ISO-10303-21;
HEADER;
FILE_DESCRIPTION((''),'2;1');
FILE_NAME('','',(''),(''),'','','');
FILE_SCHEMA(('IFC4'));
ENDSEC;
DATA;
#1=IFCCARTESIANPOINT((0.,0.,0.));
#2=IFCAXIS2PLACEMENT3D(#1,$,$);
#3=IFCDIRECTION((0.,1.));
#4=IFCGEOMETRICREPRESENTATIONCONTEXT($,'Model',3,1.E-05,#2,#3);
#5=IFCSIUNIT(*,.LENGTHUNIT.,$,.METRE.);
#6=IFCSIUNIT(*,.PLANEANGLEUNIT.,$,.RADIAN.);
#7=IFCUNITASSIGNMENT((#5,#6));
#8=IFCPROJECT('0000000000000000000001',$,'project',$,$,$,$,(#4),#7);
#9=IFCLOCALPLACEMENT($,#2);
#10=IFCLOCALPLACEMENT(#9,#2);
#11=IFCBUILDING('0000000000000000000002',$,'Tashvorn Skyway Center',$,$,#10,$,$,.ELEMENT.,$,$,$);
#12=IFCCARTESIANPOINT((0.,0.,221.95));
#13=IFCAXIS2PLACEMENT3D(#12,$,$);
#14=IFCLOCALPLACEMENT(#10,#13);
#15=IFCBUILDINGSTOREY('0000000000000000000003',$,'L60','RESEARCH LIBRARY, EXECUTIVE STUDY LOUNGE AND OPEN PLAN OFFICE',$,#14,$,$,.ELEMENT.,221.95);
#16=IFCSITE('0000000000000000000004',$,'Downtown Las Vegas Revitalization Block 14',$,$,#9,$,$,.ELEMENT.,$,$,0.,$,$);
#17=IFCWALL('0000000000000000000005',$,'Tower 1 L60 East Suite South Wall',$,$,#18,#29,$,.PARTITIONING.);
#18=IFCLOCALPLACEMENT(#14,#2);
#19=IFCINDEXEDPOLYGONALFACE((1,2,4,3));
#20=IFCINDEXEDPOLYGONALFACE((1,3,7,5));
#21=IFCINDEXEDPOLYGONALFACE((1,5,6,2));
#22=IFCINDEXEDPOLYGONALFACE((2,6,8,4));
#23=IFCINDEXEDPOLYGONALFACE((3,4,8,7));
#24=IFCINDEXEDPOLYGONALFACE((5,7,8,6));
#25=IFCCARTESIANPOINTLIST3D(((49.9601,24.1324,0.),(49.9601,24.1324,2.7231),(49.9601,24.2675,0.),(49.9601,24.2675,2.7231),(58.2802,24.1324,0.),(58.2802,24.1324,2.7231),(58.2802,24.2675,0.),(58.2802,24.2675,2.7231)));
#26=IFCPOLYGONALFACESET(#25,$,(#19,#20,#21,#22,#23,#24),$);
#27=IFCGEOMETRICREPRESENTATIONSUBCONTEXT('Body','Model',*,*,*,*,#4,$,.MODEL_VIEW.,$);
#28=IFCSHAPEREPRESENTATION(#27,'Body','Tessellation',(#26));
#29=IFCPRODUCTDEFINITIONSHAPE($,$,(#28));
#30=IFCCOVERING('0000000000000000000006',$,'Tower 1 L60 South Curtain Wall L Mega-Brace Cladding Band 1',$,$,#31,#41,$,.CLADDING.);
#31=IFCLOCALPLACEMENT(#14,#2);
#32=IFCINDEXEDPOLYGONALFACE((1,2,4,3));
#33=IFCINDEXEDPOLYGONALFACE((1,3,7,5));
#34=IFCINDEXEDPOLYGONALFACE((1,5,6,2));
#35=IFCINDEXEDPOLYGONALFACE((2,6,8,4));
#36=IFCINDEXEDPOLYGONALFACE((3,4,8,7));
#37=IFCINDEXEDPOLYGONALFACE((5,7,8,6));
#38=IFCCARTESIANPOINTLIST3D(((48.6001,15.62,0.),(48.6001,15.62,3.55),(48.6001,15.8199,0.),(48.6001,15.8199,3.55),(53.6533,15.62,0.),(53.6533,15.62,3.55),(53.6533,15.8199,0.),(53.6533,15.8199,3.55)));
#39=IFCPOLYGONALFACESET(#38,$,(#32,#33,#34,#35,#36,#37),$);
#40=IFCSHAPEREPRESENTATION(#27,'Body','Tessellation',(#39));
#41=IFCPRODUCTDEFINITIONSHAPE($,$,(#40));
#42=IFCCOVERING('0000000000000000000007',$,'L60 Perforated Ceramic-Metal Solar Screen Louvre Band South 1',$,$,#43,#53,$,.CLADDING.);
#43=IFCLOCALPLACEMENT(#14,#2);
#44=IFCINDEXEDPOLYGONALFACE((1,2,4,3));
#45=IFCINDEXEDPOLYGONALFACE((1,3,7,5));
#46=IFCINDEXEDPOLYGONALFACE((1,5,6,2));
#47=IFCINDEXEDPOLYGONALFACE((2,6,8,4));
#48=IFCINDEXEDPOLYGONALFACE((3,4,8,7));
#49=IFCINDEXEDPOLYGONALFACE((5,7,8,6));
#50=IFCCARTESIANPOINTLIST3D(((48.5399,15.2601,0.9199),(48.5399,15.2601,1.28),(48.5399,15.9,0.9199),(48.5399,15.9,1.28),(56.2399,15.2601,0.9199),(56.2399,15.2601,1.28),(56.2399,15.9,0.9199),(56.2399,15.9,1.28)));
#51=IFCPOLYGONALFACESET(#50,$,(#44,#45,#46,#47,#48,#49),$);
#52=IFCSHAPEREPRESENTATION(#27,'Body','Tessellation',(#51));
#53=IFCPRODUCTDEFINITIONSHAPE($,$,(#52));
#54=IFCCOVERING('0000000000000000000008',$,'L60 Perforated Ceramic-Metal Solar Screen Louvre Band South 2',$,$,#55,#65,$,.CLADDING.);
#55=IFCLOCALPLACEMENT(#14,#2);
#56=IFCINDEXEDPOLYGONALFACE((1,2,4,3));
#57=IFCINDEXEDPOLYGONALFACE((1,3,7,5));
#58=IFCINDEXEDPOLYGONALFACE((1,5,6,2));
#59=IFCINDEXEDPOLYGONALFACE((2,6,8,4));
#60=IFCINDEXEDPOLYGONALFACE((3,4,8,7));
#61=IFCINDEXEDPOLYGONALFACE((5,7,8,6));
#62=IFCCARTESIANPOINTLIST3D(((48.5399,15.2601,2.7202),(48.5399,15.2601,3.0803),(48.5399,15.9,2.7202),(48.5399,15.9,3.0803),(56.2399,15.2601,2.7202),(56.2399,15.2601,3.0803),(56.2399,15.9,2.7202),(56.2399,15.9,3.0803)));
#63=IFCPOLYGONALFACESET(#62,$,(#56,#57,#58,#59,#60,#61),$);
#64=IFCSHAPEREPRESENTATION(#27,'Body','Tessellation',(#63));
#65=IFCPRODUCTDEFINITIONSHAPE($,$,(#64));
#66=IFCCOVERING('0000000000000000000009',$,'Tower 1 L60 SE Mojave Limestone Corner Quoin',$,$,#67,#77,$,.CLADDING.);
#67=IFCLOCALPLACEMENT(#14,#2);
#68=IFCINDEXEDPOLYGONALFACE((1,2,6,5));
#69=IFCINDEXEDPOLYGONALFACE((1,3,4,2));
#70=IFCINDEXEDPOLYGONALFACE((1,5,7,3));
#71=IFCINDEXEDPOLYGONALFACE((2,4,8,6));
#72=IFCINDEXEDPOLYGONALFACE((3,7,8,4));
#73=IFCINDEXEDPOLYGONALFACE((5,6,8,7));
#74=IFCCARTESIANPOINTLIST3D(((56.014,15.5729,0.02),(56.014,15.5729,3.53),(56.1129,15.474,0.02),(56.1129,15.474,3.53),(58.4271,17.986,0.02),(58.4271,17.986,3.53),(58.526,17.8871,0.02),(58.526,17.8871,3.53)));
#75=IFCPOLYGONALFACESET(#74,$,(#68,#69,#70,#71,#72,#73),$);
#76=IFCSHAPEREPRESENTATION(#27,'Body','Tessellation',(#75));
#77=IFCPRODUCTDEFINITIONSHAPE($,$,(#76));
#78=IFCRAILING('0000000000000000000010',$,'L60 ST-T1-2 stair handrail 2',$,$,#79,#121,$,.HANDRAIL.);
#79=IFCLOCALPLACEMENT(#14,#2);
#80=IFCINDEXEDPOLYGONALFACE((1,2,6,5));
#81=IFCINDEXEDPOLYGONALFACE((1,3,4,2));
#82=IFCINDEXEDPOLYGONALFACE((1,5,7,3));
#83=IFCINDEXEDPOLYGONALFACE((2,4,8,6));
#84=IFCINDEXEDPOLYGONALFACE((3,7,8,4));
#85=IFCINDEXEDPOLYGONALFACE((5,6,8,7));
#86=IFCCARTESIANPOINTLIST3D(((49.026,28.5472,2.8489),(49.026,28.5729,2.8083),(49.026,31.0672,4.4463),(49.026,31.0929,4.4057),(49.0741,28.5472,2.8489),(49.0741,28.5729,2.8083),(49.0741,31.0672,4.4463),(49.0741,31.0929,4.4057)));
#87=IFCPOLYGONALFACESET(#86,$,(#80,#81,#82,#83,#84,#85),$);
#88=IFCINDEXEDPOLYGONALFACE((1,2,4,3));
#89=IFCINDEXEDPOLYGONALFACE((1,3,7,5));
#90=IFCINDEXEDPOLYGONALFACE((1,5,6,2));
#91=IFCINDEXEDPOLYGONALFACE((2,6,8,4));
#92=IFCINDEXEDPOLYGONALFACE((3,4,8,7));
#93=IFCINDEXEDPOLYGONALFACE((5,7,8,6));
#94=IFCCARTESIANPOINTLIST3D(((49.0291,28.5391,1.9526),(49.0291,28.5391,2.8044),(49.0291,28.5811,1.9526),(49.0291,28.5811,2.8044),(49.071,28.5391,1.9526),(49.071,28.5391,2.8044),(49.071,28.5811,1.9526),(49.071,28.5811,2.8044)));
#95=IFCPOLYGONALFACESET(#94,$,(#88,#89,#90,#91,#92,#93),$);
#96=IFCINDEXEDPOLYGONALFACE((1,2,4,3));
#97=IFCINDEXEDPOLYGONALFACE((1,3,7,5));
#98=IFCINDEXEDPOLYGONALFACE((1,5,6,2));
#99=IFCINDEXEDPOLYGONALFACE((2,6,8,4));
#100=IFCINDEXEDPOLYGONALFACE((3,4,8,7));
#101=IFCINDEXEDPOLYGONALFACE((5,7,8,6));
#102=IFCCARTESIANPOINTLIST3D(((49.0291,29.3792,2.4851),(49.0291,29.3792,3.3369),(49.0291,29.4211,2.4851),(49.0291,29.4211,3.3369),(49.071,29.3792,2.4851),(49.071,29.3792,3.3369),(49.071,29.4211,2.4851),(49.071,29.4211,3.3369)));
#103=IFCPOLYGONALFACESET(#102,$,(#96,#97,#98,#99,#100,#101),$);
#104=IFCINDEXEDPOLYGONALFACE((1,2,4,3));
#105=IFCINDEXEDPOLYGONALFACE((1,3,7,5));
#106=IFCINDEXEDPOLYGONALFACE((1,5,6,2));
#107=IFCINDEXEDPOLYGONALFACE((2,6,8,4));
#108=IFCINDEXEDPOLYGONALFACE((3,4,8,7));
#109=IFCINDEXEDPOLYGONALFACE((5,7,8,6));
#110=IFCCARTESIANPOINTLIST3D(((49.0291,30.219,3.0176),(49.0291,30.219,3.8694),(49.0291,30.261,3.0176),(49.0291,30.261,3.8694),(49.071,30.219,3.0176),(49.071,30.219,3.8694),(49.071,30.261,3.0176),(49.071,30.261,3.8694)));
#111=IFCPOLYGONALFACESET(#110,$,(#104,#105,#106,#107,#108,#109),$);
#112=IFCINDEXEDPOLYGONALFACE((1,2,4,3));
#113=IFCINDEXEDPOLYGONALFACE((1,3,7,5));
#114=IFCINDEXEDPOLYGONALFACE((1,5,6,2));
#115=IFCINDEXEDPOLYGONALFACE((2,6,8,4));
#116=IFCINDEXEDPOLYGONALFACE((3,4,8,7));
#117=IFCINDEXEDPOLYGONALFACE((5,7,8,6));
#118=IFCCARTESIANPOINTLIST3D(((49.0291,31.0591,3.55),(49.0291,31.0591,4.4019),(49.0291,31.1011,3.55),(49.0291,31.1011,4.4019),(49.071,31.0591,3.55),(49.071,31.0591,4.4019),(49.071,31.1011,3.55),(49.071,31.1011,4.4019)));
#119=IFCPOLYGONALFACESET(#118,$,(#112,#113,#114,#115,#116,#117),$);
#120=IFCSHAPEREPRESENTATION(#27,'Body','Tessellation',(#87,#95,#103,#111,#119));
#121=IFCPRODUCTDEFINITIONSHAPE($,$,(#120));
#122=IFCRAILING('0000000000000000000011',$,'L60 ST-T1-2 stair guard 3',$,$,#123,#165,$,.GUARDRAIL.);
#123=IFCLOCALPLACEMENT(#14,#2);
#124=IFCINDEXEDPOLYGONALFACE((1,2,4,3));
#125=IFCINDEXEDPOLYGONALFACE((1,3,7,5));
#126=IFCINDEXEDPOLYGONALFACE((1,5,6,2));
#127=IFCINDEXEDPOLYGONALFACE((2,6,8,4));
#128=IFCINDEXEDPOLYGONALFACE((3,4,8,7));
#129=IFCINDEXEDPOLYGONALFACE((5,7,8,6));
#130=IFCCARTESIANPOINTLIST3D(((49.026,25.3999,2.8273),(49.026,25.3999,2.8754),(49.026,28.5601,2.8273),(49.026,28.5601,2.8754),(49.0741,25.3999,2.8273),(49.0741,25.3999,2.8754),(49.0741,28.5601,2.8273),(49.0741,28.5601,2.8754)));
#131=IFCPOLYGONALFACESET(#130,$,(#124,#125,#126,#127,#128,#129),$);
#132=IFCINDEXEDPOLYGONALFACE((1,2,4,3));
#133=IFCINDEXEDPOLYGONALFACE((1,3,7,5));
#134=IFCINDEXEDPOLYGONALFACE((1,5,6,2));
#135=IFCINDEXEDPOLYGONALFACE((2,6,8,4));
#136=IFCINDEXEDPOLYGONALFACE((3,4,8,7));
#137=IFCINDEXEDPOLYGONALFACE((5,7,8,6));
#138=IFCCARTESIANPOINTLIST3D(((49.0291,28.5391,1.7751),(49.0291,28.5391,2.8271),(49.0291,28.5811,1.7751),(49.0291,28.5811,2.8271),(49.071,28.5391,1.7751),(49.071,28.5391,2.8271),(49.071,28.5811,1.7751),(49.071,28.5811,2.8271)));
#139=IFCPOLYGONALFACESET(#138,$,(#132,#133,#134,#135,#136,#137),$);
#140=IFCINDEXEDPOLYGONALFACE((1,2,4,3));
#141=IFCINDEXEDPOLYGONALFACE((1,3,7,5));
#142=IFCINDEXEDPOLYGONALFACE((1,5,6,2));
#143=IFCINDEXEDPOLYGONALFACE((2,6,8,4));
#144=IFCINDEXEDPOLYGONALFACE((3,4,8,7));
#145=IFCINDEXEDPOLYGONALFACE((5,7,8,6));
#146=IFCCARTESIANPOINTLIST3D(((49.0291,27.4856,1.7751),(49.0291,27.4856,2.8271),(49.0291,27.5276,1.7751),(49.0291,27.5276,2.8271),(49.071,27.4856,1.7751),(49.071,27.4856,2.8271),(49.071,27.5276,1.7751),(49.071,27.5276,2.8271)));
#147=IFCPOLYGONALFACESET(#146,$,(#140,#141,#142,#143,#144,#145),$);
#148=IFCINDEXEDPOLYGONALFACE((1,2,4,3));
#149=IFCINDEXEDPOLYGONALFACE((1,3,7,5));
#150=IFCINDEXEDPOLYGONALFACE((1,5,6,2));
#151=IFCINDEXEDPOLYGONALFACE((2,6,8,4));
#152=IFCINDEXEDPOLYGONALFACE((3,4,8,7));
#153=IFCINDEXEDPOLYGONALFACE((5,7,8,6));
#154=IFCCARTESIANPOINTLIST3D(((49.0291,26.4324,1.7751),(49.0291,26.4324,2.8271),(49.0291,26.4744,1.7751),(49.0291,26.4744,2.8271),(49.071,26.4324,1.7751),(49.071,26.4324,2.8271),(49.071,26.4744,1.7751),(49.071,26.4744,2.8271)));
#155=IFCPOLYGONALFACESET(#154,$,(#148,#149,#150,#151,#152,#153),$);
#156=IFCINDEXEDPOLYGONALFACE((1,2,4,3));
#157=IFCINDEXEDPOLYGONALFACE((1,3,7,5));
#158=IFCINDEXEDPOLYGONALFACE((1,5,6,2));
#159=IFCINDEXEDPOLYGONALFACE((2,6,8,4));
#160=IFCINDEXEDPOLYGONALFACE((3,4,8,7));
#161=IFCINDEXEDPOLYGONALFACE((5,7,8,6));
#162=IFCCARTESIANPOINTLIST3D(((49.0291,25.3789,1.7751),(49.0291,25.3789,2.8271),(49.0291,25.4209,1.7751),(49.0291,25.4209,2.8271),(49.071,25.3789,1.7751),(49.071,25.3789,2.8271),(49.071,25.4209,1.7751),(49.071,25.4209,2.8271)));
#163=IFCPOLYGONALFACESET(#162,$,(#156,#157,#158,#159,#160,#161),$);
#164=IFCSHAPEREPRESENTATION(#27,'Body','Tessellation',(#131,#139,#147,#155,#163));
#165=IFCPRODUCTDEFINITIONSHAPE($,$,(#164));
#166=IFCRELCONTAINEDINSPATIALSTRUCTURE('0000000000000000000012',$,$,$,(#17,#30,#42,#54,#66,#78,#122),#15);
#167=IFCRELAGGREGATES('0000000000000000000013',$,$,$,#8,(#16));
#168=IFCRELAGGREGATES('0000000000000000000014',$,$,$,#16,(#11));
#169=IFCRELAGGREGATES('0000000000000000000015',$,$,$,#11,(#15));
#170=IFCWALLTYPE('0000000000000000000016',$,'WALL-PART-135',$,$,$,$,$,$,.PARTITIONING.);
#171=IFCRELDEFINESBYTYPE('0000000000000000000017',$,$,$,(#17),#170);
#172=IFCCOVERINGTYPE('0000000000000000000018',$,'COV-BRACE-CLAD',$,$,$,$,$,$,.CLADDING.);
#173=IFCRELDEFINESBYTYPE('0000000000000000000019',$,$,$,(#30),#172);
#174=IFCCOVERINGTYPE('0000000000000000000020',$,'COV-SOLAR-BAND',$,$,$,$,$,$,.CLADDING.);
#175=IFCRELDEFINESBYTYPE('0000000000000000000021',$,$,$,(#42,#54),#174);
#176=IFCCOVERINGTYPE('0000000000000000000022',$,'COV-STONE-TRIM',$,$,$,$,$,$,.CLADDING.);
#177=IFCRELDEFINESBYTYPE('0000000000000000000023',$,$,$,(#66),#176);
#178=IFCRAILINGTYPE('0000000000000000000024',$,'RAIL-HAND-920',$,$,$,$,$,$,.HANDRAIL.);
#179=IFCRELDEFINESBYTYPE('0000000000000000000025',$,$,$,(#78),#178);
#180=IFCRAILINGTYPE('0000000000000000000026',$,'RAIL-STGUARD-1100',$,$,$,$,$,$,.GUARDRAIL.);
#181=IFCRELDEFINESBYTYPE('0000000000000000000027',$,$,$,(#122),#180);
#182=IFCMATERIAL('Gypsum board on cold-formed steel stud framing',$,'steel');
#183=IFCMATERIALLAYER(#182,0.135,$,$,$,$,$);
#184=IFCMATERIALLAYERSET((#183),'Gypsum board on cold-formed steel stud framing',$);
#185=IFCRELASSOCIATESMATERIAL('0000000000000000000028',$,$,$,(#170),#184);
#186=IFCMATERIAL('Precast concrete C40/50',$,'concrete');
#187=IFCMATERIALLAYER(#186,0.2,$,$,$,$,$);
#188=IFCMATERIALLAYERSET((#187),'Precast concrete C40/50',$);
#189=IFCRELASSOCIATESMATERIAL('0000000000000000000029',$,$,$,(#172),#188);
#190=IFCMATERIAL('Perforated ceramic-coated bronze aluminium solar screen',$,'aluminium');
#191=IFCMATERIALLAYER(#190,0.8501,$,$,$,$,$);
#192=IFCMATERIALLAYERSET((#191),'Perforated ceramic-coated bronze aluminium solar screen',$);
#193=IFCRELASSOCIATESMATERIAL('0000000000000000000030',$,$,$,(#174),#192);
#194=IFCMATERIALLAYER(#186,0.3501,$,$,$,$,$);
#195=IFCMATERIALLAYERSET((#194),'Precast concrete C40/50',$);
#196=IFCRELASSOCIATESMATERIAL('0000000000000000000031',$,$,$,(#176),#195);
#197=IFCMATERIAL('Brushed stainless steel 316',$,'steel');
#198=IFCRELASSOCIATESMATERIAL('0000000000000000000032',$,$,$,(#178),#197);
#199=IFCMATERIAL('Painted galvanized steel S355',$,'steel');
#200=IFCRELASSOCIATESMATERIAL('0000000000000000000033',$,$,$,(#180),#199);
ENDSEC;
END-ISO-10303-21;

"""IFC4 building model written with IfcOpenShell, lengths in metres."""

from ifc_helpers import new_model, si_unit, direction, frame, frame_2d, origin, origin_2d, place, context, subcontext, project, spatial, rectangle, extrude, material, layer, layer_set, type_object, element, save


model = new_model("IFC4")

# Units and contexts
model_context = context("Model", 3, precision=1e-05, world=origin(), true_north=direction((0.0, 1.0)))
body_context = subcontext(model_context, "Body", "Model", "MODEL_VIEW")
ifc_project = project(units=[si_unit("LENGTHUNIT", "METRE"), si_unit("PLANEANGLEUNIT", "RADIAN")], contexts=[model_context])

# Site, building, storey
site_placement = place(None, origin())
site = spatial("IfcSite", under=ifc_project, at=site_placement, Name="Downtown Las Vegas Revitalization Block 14", CompositionType="ELEMENT", RefElevation=0.0)
building_placement = place(site_placement, origin())
building = spatial("IfcBuilding", under=site, at=building_placement, Name="Tashvorn Skyway Center", CompositionType="ELEMENT")
storey_placement = place(building_placement, frame((0.0, 0.0, 221.95)))
storey = spatial("IfcBuildingStorey", under=building, at=storey_placement, Name="L60", Description="RESEARCH LIBRARY, EXECUTIVE STUDY LOUNGE AND OPEN PLAN OFFICE", CompositionType="ELEMENT", Elevation=221.95)

# Shared definitions
ifc_material_1 = material(Name="Precast concrete C40/50", Category="concrete")

# Shared definitions
ifc_material_2 = material(Name="Gypsum board on cold-formed steel stud framing", Category="steel")

# Wall
ifc_layer_1 = layer(ifc_material_2, 0.135)
ifc_layer_set_1 = layer_set([ifc_layer_1], Name="Gypsum board on cold-formed steel stud framing")
wall_type_1 = type_object("IfcWallType", Name="WALL-PART-135", PredefinedType="PARTITIONING", material=ifc_layer_set_1)
wall_1_placement = place(storey_placement, frame((49.96, 24.2, 0.0), z_axis=(0.0, 0.0, 1.0), x_axis=(1.0, 0.0, 0.0)))
element("IfcWall", 1, at=wall_1_placement, inside=storey, type_object=wall_type_1, Name="Tower 1 L60 East Suite South Wall", PredefinedType="PARTITIONING", context=body_context, shape_type="SweptSolid", body=[
    extrude(rectangle(XDim=8.3201, YDim=0.135, at=frame_2d((4.1602, 0.0))), origin(), (0.0, 0.0, 1.0), 2.7231),
])

# Coverings
ifc_layer_2 = layer(ifc_material_1, 0.2)
ifc_layer_set_2 = layer_set([ifc_layer_2], Name="Precast concrete C40/50")
covering_type_1 = type_object("IfcCoveringType", Name="COV-BRACE-CLAD", PredefinedType="CLADDING", material=ifc_layer_set_2)
covering_1_placement = place(storey_placement, frame((51.1267, 15.72, 0.0), z_axis=(0.0, 0.0, 1.0), x_axis=(-1.0, 0.0, 0.0)))
element("IfcCovering", 2, at=covering_1_placement, inside=storey, type_object=covering_type_1, Name="Tower 1 L60 South Curtain Wall L Mega-Brace Cladding Band 1", PredefinedType="CLADDING", context=body_context, shape_type="SweptSolid", body=[
    extrude(rectangle(XDim=5.0532, YDim=0.2, at=origin_2d()), origin(), (0.0, 0.0, 1.0), 3.55),
])
ifc_material_3 = material(Name="Perforated ceramic-coated bronze aluminium solar screen", Category="aluminium")
ifc_layer_3 = layer(ifc_material_3, 0.8501)
ifc_layer_set_3 = layer_set([ifc_layer_3], Name="Perforated ceramic-coated bronze aluminium solar screen")
covering_type_2 = type_object("IfcCoveringType", Name="COV-SOLAR-BAND", PredefinedType="CLADDING", material=ifc_layer_set_3)
for number, where, z_axis, x_axis, name in (
    (3, (52.3899, 15.5801, 0.9199), (0.0, 0.0, 1.0), (-1.0, 0.0, 0.0), "L60 Perforated Ceramic-Metal Solar Screen Louvre Band South 1"),
    (4, (52.3899, 15.5801, 2.7202), (0.0, 0.0, 1.0), (-1.0, 0.0, 0.0), "L60 Perforated Ceramic-Metal Solar Screen Louvre Band South 2"),
):
    element("IfcCovering", number, at=place(storey_placement, frame(where, z_axis=z_axis, x_axis=x_axis)), inside=storey, type_object=covering_type_2, Name=name, PredefinedType="CLADDING", context=body_context, shape_type="SweptSolid", body=[
        extrude(rectangle(XDim=7.7, YDim=0.6399, at=origin_2d()), origin(), (0.0, 0.0, 1.0), 0.3601),
    ])
ifc_layer_4 = layer(ifc_material_1, 0.3501)
ifc_layer_set_4 = layer_set([ifc_layer_4], Name="Precast concrete C40/50")
covering_type_3 = type_object("IfcCoveringType", Name="COV-STONE-TRIM", PredefinedType="CLADDING", material=ifc_layer_set_4)
covering_2_placement = place(storey_placement, frame((57.27, 16.73, 0.02), z_axis=(0.0, 0.0, 1.0), x_axis=(0.707107, 0.707107, 0.0)))
element("IfcCovering", 5, at=covering_2_placement, inside=storey, type_object=covering_type_3, Name="Tower 1 L60 SE Mojave Limestone Corner Quoin", PredefinedType="CLADDING", context=body_context, shape_type="SweptSolid", body=[
    extrude(rectangle(XDim=3.4126, YDim=0.1399, at=origin_2d()), origin(), (0.0, 0.0, 1.0), 3.51),
])

# Railings
ifc_material_4 = material(Name="Brushed stainless steel 316", Category="steel")
railing_type_1 = type_object("IfcRailingType", Name="RAIL-HAND-920", PredefinedType="HANDRAIL", material=ifc_material_4)
railing_1_placement = place(storey_placement, frame((49.05, 28.5601, 1.9526)))
element("IfcRailing", 6, at=railing_1_placement, inside=storey, type_object=railing_type_1, Name="L60 ST-T1-2 stair handrail 2", PredefinedType="HANDRAIL", context=body_context, shape_type="SweptSolid", body=[
    extrude(rectangle(XDim=0.0481, YDim=0.0481, at=origin_2d()), frame((0.0, 0.0, 0.876), z_axis=(0.0, 0.844607, 0.535387), x_axis=(-1.0, 0.0, 0.0)), (0.0, 0.0, 1.0), 2.9836),
    extrude(rectangle(XDim=0.042, YDim=0.042, at=origin_2d()), origin(), (0.0, 0.0, 1.0), 0.8518),
    extrude(rectangle(XDim=0.042, YDim=0.042, at=origin_2d()), frame((0.0, 0.8401, 0.5325)), (0.0, 0.0, 1.0), 0.8518),
    extrude(rectangle(XDim=0.042, YDim=0.042, at=origin_2d()), frame((0.0, 1.6799, 1.0649)), (0.0, 0.0, 1.0), 0.8518),
    extrude(rectangle(XDim=0.042, YDim=0.042, at=origin_2d()), frame((0.0, 2.52, 1.5974)), (0.0, 0.0, 1.0), 0.8518),
])
ifc_material_5 = material(Name="Painted galvanized steel S355", Category="steel")
railing_type_2 = type_object("IfcRailingType", Name="RAIL-STGUARD-1100", PredefinedType="GUARDRAIL", material=ifc_material_5)
railing_2_placement = place(storey_placement, frame((49.05, 28.5601, 1.7751)))
element("IfcRailing", 7, at=railing_2_placement, inside=storey, type_object=railing_type_2, Name="L60 ST-T1-2 stair guard 3", PredefinedType="GUARDRAIL", context=body_context, shape_type="SweptSolid", body=[
    extrude(rectangle(XDim=0.0481, YDim=0.0481, at=origin_2d()), frame((0.0, 0.0, 1.0762), z_axis=(0.0, -1.0, 0.0), x_axis=(1.0, 0.0, 0.0)), (0.0, 0.0, 1.0), 3.1602),
    extrude(rectangle(XDim=0.042, YDim=0.042, at=origin_2d()), origin(), (0.0, 0.0, 1.0), 1.052),
    extrude(rectangle(XDim=0.042, YDim=0.042, at=origin_2d()), frame((0.0, -1.0535, 0.0)), (0.0, 0.0, 1.0), 1.052),
    extrude(rectangle(XDim=0.042, YDim=0.042, at=origin_2d()), frame((0.0, -2.1067, 0.0)), (0.0, 0.0, 1.0), 1.052),
    extrude(rectangle(XDim=0.042, YDim=0.042, at=origin_2d()), frame((0.0, -3.1602, 0.0)), (0.0, 0.0, 1.0), 1.052),
])

save(model, "model.ifc")
